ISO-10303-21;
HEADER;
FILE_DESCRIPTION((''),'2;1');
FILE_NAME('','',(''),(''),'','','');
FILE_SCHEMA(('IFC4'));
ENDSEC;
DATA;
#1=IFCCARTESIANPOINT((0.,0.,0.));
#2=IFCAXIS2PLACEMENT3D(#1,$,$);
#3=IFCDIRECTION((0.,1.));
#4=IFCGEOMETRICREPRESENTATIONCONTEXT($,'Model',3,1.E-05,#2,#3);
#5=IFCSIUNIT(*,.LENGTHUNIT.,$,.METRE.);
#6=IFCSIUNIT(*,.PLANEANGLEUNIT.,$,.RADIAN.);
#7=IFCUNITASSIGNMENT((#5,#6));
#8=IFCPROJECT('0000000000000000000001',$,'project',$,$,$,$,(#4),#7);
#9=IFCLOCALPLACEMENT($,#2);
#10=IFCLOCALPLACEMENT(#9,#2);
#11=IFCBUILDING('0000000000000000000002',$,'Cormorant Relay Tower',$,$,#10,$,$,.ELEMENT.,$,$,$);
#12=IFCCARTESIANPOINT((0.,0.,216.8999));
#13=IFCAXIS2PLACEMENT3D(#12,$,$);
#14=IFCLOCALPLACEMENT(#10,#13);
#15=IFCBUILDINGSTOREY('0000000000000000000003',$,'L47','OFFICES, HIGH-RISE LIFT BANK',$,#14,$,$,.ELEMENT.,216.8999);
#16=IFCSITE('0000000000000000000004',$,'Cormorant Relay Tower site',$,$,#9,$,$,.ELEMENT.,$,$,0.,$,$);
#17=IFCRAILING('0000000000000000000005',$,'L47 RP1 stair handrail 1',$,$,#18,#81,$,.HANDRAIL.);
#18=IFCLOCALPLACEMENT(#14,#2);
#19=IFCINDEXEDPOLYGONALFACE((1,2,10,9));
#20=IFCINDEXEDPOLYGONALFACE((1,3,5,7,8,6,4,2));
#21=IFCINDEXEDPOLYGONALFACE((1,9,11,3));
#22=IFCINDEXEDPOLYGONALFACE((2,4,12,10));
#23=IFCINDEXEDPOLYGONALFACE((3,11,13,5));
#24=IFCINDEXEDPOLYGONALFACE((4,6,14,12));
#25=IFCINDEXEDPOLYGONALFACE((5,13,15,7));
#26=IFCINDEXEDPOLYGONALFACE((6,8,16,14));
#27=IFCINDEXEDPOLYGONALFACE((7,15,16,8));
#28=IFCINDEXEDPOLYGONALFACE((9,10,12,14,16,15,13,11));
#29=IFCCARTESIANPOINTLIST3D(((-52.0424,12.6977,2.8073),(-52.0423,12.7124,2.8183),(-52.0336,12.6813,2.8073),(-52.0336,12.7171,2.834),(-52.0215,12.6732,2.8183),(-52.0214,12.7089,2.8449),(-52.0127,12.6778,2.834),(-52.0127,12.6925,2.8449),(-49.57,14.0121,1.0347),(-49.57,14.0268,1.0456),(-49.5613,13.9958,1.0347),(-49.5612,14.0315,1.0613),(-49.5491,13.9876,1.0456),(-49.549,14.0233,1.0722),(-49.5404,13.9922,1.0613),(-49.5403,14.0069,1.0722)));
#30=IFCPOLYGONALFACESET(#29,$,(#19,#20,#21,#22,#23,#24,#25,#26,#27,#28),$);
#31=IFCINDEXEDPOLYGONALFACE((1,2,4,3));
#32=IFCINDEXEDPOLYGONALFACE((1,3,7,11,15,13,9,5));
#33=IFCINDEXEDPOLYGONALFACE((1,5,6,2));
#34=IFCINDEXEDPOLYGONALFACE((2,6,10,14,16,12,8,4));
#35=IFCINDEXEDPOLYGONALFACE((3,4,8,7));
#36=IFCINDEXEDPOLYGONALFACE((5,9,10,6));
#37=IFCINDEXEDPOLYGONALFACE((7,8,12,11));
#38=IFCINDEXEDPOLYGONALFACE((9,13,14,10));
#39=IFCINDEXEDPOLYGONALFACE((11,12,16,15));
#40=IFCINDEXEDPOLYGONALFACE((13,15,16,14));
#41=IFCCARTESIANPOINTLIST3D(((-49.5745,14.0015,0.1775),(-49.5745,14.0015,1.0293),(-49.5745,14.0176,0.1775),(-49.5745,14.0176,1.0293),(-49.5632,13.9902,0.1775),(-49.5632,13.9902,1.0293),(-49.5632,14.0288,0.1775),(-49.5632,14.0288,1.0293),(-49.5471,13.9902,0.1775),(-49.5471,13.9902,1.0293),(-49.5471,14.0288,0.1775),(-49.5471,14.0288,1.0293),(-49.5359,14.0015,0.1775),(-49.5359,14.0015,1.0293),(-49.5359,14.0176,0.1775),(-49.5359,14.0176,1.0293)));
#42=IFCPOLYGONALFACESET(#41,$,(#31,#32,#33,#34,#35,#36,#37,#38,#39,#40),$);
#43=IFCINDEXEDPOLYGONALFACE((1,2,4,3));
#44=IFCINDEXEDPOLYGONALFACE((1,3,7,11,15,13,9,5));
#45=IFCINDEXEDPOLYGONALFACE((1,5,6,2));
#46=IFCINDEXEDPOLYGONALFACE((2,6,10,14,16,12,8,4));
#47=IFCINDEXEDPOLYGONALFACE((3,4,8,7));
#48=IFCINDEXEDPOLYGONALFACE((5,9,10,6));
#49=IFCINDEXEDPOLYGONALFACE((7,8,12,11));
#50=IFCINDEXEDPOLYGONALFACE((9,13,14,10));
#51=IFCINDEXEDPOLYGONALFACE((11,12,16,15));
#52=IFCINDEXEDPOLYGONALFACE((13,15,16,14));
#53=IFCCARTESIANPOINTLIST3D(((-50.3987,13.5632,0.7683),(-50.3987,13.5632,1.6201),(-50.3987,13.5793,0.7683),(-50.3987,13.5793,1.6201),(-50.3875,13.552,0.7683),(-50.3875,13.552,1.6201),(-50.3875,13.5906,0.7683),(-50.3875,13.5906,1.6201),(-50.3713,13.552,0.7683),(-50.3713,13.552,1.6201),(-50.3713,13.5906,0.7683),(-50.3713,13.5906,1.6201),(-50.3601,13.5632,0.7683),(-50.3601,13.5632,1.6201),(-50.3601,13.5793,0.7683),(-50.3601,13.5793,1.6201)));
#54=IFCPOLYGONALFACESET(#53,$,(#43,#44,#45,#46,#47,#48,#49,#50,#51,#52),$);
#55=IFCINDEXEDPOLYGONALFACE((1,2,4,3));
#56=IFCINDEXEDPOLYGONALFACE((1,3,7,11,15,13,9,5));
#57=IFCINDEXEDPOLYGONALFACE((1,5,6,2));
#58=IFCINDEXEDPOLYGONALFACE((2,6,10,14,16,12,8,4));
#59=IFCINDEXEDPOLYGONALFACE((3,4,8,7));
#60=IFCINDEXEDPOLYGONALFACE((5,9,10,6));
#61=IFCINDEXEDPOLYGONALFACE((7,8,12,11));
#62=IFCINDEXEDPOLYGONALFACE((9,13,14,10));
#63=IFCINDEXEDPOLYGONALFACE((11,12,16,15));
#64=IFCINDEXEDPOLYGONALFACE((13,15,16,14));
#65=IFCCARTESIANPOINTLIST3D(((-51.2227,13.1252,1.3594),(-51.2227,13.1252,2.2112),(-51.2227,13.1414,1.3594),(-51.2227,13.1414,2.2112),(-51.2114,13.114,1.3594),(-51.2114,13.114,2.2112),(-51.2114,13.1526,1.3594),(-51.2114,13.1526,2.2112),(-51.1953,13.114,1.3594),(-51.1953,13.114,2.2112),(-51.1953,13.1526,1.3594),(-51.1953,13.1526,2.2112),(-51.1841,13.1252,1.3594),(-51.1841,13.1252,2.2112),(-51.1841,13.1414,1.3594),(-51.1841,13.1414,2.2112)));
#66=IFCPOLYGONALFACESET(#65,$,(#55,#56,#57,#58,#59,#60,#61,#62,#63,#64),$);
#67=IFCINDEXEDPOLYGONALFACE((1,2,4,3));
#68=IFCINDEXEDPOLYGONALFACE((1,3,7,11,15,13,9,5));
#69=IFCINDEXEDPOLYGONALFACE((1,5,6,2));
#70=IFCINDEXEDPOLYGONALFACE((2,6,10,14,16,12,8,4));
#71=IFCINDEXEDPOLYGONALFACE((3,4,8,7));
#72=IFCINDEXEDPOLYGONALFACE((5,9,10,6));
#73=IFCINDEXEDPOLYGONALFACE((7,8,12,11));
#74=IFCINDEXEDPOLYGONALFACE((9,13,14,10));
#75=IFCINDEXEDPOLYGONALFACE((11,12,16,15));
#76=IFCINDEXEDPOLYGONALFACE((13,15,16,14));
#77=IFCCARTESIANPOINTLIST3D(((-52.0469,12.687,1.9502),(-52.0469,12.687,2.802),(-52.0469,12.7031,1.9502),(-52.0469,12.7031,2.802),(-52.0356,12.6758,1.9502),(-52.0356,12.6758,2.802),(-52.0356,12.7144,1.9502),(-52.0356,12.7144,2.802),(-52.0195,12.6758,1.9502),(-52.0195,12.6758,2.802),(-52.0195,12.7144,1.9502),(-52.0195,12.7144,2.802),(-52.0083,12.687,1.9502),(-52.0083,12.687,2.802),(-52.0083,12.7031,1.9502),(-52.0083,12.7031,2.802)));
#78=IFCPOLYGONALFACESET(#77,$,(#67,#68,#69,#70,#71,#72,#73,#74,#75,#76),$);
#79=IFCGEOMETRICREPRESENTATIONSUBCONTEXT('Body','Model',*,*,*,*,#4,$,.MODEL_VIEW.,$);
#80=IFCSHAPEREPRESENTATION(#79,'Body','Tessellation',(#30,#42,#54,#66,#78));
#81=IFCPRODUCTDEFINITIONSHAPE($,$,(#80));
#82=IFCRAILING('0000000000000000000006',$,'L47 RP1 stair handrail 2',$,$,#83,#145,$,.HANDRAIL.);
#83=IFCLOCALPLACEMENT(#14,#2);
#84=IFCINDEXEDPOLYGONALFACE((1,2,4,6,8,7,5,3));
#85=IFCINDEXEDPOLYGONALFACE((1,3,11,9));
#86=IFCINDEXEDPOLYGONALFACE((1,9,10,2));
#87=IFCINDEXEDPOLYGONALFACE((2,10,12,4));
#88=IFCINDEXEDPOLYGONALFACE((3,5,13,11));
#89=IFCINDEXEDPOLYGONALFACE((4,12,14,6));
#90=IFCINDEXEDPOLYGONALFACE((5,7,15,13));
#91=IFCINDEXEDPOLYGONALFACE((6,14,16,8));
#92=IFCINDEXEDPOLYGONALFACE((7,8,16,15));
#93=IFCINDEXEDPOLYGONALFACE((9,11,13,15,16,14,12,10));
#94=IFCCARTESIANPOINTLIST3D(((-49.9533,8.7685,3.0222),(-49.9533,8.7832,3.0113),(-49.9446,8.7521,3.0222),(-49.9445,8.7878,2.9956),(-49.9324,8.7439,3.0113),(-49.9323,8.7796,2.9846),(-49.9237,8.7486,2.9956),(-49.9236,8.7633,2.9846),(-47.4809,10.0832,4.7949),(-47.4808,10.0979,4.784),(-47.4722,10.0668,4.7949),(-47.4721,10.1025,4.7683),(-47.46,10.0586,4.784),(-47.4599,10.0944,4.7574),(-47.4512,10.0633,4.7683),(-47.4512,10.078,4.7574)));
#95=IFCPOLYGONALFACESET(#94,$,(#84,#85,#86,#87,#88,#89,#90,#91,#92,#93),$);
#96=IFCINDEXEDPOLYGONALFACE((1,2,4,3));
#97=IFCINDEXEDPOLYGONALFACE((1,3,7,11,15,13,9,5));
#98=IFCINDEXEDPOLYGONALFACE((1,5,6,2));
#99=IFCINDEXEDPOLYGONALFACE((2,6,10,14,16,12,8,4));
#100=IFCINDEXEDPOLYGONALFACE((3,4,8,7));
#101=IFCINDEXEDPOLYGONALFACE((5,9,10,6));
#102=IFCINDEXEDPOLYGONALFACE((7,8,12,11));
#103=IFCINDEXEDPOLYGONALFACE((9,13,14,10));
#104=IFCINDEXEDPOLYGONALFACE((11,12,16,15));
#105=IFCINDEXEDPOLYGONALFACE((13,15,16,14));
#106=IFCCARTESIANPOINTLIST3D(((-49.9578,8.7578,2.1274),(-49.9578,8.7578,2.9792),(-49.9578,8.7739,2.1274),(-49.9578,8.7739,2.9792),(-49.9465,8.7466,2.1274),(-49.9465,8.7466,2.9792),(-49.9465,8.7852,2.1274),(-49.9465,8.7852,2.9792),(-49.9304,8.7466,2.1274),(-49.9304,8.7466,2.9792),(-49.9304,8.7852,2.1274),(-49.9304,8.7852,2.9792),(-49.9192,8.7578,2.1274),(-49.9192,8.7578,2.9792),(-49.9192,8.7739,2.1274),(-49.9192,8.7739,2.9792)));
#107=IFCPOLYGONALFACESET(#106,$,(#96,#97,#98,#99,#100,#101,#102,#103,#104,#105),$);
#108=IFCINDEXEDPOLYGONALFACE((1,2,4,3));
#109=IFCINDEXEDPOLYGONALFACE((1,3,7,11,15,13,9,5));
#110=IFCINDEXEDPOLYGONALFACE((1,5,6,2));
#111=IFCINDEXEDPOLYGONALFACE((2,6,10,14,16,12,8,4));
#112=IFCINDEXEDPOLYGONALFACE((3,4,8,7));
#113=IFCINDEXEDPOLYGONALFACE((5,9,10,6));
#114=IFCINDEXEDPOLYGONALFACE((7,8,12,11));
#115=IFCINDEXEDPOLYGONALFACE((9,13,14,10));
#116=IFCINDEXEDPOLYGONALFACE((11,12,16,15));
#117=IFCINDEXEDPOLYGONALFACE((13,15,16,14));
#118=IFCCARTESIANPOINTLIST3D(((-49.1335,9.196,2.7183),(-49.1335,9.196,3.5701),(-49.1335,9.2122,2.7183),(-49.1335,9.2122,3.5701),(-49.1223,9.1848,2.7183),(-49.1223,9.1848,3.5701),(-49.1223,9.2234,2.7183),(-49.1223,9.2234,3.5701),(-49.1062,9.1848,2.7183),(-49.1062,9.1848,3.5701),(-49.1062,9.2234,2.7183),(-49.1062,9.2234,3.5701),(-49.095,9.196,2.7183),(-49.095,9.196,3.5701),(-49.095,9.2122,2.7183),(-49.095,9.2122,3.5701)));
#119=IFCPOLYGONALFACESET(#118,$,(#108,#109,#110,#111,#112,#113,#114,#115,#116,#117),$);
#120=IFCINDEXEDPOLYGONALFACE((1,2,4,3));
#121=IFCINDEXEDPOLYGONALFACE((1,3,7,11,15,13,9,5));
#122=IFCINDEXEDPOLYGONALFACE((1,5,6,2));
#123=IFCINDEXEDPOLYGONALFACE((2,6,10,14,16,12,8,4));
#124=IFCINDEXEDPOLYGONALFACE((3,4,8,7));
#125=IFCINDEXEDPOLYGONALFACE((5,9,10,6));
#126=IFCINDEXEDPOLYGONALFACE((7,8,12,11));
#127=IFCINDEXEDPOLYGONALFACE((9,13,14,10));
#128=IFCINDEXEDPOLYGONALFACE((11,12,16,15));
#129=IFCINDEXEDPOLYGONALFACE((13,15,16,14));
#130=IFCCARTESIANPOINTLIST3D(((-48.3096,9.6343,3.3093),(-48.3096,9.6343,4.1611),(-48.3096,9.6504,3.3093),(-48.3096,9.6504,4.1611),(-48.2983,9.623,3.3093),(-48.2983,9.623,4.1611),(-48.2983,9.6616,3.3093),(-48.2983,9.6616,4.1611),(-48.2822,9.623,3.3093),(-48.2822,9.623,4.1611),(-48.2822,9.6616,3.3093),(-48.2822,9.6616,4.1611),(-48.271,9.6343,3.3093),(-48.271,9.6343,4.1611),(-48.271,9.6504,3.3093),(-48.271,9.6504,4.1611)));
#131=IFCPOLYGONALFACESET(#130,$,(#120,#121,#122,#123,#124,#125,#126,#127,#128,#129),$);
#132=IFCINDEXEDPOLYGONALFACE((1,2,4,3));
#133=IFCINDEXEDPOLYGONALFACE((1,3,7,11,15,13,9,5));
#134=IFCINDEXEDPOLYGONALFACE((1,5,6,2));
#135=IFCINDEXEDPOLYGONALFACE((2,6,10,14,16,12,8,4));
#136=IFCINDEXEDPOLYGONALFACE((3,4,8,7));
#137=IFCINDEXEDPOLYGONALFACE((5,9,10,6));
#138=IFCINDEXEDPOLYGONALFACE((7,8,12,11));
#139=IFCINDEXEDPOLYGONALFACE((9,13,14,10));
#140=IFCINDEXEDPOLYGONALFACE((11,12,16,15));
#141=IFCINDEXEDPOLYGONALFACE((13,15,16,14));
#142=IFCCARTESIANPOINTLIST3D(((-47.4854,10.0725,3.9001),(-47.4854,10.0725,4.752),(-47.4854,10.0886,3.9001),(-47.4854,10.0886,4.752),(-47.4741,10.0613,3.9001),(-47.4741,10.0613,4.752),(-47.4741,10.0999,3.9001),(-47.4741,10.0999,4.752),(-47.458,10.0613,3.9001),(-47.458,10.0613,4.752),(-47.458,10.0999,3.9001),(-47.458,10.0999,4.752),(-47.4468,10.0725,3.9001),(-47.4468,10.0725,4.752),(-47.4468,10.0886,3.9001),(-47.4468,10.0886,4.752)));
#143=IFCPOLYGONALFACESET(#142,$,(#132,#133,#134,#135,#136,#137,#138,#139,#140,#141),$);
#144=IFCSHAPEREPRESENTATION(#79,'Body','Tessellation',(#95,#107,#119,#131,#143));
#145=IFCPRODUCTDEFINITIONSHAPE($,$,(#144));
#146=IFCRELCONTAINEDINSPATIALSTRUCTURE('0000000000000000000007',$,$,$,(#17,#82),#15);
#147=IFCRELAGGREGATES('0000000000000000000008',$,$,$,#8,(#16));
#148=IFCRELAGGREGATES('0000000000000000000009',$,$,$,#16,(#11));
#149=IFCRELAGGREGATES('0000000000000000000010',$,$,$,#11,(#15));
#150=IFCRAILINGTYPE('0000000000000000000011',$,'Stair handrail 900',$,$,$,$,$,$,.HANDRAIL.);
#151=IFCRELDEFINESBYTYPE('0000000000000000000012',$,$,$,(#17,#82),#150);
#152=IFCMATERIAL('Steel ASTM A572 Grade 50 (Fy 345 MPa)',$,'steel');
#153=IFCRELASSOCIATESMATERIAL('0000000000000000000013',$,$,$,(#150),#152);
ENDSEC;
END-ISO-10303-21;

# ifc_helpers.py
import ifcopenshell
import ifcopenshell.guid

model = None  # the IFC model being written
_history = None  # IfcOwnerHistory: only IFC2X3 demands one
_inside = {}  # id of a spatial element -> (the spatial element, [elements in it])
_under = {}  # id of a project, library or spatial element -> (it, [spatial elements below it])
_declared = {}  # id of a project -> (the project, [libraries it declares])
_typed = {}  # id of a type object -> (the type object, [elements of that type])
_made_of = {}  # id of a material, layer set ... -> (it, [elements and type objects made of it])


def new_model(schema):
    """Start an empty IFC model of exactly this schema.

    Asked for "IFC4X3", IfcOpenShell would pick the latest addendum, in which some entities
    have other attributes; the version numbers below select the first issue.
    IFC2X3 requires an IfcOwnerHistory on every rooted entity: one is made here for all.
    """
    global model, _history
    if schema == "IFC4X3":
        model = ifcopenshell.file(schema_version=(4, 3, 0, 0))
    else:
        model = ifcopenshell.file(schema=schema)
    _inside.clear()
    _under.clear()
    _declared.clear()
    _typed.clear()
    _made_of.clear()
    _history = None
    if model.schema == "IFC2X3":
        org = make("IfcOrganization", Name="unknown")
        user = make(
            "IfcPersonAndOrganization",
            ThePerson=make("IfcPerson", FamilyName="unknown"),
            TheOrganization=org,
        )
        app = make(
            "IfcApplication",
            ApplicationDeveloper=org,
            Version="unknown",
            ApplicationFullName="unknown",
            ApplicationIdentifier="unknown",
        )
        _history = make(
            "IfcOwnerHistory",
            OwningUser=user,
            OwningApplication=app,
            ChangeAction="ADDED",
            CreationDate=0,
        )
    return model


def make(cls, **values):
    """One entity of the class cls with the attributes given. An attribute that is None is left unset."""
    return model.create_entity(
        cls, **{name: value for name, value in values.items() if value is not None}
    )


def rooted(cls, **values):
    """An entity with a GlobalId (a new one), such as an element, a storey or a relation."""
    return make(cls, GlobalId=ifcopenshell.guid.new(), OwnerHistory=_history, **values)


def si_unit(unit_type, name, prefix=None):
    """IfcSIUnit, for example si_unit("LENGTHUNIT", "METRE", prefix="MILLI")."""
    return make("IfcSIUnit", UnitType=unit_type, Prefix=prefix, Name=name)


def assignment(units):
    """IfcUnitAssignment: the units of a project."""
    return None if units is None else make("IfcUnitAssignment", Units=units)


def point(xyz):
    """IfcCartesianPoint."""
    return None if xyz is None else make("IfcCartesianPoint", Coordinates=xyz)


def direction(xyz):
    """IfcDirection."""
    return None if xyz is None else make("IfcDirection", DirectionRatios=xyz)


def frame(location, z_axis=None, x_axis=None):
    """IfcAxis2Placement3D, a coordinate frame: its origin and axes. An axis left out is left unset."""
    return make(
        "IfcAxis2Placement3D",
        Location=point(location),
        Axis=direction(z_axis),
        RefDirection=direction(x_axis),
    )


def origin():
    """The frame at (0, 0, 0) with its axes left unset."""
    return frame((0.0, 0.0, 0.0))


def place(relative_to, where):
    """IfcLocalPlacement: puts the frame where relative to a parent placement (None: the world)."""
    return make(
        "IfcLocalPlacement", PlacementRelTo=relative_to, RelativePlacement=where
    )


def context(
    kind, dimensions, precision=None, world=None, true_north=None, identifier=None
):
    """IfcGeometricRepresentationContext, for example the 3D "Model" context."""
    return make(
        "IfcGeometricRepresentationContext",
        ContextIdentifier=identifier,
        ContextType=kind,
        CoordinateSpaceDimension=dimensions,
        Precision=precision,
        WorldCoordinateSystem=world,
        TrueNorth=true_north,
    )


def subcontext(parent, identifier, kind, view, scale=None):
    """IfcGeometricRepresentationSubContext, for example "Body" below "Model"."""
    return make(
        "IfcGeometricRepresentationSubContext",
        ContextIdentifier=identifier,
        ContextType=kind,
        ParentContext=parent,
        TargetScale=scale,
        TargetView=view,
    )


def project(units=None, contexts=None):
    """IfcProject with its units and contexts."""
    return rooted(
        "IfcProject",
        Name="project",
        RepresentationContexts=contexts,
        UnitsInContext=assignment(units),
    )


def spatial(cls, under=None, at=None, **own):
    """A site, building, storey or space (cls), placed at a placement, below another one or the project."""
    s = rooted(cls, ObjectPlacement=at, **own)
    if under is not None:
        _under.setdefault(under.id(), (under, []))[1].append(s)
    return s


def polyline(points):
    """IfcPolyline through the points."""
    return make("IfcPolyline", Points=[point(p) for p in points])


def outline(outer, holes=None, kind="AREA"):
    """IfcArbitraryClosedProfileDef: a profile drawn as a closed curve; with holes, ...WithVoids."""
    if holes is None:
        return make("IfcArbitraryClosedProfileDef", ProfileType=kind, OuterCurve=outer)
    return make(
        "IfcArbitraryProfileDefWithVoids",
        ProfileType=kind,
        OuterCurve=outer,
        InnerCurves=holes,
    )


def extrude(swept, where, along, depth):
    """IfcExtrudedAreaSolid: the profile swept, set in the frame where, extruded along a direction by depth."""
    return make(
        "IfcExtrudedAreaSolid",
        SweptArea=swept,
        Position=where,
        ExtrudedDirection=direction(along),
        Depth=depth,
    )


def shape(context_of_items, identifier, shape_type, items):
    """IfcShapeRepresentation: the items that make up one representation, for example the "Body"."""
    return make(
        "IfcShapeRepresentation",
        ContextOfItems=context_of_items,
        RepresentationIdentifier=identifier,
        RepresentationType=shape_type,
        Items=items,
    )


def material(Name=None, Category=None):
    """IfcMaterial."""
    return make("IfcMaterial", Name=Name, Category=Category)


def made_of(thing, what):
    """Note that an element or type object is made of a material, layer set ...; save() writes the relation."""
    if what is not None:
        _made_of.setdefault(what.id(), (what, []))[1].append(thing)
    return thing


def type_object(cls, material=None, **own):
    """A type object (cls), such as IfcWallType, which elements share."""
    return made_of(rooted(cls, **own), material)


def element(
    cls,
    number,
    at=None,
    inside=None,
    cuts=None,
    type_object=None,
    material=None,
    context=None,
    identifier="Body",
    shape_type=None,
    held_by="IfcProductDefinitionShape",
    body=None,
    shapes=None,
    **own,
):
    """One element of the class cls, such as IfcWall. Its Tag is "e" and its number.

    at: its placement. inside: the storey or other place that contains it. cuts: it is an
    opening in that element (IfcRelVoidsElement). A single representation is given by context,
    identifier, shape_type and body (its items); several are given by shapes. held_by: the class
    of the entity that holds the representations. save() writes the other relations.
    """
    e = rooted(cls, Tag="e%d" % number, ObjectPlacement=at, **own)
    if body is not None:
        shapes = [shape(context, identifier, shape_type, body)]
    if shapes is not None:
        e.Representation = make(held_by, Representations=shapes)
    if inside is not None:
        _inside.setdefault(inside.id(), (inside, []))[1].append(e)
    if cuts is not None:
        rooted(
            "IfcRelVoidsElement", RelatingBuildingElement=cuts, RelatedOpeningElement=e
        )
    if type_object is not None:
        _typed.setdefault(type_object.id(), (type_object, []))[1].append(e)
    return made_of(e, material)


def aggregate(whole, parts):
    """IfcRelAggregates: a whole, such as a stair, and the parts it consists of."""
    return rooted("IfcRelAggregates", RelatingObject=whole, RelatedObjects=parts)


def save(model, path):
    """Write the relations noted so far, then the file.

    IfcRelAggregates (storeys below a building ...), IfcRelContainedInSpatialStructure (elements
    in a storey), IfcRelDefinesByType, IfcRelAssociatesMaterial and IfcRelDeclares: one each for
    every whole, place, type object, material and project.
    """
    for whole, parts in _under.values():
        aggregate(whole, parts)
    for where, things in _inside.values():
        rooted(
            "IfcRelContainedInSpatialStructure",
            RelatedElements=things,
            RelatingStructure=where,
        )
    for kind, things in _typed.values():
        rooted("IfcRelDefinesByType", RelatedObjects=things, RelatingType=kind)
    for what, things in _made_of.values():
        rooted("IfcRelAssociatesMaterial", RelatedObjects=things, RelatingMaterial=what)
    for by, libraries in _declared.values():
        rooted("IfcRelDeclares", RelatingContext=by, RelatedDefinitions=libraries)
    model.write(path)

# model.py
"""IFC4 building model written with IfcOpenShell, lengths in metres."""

from ifc_helpers import new_model, si_unit, direction, frame, origin, place, context, subcontext, project, spatial, polyline, outline, extrude, material, type_object, element, save


model = new_model("IFC4")

# Units and contexts
model_context = context("Model", 3, precision=1e-05, world=origin(), true_north=direction((0.0, 1.0)))
body_context = subcontext(model_context, "Body", "Model", "MODEL_VIEW")
ifc_project = project(units=[si_unit("LENGTHUNIT", "METRE"), si_unit("PLANEANGLEUNIT", "RADIAN")], contexts=[model_context])

# Site, building, storey
site_placement = place(None, origin())
site = spatial("IfcSite", under=ifc_project, at=site_placement, Name="Cormorant Relay Tower site", CompositionType="ELEMENT", RefElevation=0.0)
building_placement = place(site_placement, origin())
building = spatial("IfcBuilding", under=site, at=building_placement, Name="Cormorant Relay Tower", CompositionType="ELEMENT")
storey_placement = place(building_placement, frame((0.0, 0.0, 216.8999)))
storey = spatial("IfcBuildingStorey", under=building, at=storey_placement, Name="L47", Description="OFFICES, HIGH-RISE LIFT BANK", CompositionType="ELEMENT", Elevation=216.8999)

# Railings
ifc_material_1 = material(Name="Steel ASTM A572 Grade 50 (Fy 345 MPa)", Category="steel")
railing_type_1 = type_object("IfcRailingType", Name="Stair handrail 900", PredefinedType="HANDRAIL", material=ifc_material_1)
railing_1_placement = place(storey_placement, frame((-49.5552, 14.0095, 0.1775)))
element("IfcRailing", 1, at=railing_1_placement, inside=storey, type_object=railing_type_1, Name="L47 RP1 stair handrail 1", PredefinedType="HANDRAIL", context=body_context, shape_type="SweptSolid", body=[
    extrude(outline(polyline([(0.0222, 0.0093), (0.0093, 0.0222), (-0.0093, 0.0222), (-0.0222, 0.0093), (-0.0222, -0.0093), (-0.0093, -0.0222), (0.0093, -0.0222), (0.0222, -0.0093), (0.0222, 0.0093)])), frame((0.0, 0.0, 0.876), z_axis=(-0.746034, -0.396627, 0.534902), x_axis=(0.469429, -0.88297, 0.0)), (0.0, 0.0, 1.0), 3.314),
    extrude(outline(polyline([(0.0193, 0.0081), (0.0081, 0.0193), (-0.0081, 0.0193), (-0.0193, 0.0081), (-0.0193, -0.0081), (-0.0081, -0.0193), (0.0081, -0.0193), (0.0193, -0.0081), (0.0193, 0.0081)])), origin(), (0.0, 0.0, 1.0), 0.8518),
    extrude(outline(polyline([(0.0193, 0.0081), (0.0081, 0.0193), (-0.0081, 0.0193), (-0.0193, 0.0081), (-0.0193, -0.0081), (-0.0081, -0.0193), (0.0081, -0.0193), (0.0193, -0.0081), (0.0193, 0.0081)])), frame((-0.8242, -0.4382, 0.5908)), (0.0, 0.0, 1.0), 0.8518),
    extrude(outline(polyline([(0.0193, 0.0081), (0.0081, 0.0193), (-0.0081, 0.0193), (-0.0193, 0.0081), (-0.0193, -0.0081), (-0.0081, -0.0193), (0.0081, -0.0193), (0.0193, -0.0081), (0.0193, 0.0081)])), frame((-1.6482, -0.8762, 1.1819)), (0.0, 0.0, 1.0), 0.8518),
    extrude(outline(polyline([(0.0193, 0.0081), (0.0081, 0.0193), (-0.0081, 0.0193), (-0.0193, 0.0081), (-0.0193, -0.0081), (-0.0081, -0.0193), (0.0081, -0.0193), (0.0193, -0.0081), (0.0193, 0.0081)])), frame((-2.4724, -1.3145, 1.7727)), (0.0, 0.0, 1.0), 0.8518),
])
railing_2_placement = place(storey_placement, frame((-49.9385, 8.7659, 2.1274)))
element("IfcRailing", 2, at=railing_2_placement, inside=storey, type_object=railing_type_1, Name="L47 RP1 stair handrail 2", PredefinedType="HANDRAIL", context=body_context, shape_type="SweptSolid", body=[
    extrude(outline(polyline([(0.0222, 0.0093), (0.0093, 0.0222), (-0.0093, 0.0222), (-0.0222, 0.0093), (-0.0222, -0.0093), (-0.0093, -0.0222), (0.0093, -0.0222), (0.0222, -0.0093), (0.0222, 0.0093)])), frame((0.0, 0.0, 0.876), z_axis=(0.746012, 0.39669, 0.534886), x_axis=(-0.469497, 0.882934, 0.0)), (0.0, 0.0, 1.0), 3.3142),
    extrude(outline(polyline([(0.0193, 0.0081), (0.0081, 0.0193), (-0.0081, 0.0193), (-0.0193, 0.0081), (-0.0193, -0.0081), (-0.0081, -0.0193), (0.0081, -0.0193), (0.0193, -0.0081), (0.0193, 0.0081)])), origin(), (0.0, 0.0, 1.0), 0.8518),
    extrude(outline(polyline([(0.0193, 0.0081), (0.0081, 0.0193), (-0.0081, 0.0193), (-0.0193, 0.0081), (-0.0193, -0.0081), (-0.0081, -0.0193), (0.0081, -0.0193), (0.0193, -0.0081), (0.0193, 0.0081)])), frame((0.8242, 0.4382, 0.5908)), (0.0, 0.0, 1.0), 0.8518),
    extrude(outline(polyline([(0.0193, 0.0081), (0.0081, 0.0193), (-0.0081, 0.0193), (-0.0193, 0.0081), (-0.0193, -0.0081), (-0.0081, -0.0193), (0.0081, -0.0193), (0.0193, -0.0081), (0.0193, 0.0081)])), frame((1.6482, 0.8765, 1.1819)), (0.0, 0.0, 1.0), 0.8518),
    extrude(outline(polyline([(0.0193, 0.0081), (0.0081, 0.0193), (-0.0081, 0.0193), (-0.0193, 0.0081), (-0.0193, -0.0081), (-0.0081, -0.0193), (0.0081, -0.0193), (0.0193, -0.0081), (0.0193, 0.0081)])), frame((2.4724, 1.3147, 1.7727)), (0.0, 0.0, 1.0), 0.8518),
])

save(model, "model.ifc")
